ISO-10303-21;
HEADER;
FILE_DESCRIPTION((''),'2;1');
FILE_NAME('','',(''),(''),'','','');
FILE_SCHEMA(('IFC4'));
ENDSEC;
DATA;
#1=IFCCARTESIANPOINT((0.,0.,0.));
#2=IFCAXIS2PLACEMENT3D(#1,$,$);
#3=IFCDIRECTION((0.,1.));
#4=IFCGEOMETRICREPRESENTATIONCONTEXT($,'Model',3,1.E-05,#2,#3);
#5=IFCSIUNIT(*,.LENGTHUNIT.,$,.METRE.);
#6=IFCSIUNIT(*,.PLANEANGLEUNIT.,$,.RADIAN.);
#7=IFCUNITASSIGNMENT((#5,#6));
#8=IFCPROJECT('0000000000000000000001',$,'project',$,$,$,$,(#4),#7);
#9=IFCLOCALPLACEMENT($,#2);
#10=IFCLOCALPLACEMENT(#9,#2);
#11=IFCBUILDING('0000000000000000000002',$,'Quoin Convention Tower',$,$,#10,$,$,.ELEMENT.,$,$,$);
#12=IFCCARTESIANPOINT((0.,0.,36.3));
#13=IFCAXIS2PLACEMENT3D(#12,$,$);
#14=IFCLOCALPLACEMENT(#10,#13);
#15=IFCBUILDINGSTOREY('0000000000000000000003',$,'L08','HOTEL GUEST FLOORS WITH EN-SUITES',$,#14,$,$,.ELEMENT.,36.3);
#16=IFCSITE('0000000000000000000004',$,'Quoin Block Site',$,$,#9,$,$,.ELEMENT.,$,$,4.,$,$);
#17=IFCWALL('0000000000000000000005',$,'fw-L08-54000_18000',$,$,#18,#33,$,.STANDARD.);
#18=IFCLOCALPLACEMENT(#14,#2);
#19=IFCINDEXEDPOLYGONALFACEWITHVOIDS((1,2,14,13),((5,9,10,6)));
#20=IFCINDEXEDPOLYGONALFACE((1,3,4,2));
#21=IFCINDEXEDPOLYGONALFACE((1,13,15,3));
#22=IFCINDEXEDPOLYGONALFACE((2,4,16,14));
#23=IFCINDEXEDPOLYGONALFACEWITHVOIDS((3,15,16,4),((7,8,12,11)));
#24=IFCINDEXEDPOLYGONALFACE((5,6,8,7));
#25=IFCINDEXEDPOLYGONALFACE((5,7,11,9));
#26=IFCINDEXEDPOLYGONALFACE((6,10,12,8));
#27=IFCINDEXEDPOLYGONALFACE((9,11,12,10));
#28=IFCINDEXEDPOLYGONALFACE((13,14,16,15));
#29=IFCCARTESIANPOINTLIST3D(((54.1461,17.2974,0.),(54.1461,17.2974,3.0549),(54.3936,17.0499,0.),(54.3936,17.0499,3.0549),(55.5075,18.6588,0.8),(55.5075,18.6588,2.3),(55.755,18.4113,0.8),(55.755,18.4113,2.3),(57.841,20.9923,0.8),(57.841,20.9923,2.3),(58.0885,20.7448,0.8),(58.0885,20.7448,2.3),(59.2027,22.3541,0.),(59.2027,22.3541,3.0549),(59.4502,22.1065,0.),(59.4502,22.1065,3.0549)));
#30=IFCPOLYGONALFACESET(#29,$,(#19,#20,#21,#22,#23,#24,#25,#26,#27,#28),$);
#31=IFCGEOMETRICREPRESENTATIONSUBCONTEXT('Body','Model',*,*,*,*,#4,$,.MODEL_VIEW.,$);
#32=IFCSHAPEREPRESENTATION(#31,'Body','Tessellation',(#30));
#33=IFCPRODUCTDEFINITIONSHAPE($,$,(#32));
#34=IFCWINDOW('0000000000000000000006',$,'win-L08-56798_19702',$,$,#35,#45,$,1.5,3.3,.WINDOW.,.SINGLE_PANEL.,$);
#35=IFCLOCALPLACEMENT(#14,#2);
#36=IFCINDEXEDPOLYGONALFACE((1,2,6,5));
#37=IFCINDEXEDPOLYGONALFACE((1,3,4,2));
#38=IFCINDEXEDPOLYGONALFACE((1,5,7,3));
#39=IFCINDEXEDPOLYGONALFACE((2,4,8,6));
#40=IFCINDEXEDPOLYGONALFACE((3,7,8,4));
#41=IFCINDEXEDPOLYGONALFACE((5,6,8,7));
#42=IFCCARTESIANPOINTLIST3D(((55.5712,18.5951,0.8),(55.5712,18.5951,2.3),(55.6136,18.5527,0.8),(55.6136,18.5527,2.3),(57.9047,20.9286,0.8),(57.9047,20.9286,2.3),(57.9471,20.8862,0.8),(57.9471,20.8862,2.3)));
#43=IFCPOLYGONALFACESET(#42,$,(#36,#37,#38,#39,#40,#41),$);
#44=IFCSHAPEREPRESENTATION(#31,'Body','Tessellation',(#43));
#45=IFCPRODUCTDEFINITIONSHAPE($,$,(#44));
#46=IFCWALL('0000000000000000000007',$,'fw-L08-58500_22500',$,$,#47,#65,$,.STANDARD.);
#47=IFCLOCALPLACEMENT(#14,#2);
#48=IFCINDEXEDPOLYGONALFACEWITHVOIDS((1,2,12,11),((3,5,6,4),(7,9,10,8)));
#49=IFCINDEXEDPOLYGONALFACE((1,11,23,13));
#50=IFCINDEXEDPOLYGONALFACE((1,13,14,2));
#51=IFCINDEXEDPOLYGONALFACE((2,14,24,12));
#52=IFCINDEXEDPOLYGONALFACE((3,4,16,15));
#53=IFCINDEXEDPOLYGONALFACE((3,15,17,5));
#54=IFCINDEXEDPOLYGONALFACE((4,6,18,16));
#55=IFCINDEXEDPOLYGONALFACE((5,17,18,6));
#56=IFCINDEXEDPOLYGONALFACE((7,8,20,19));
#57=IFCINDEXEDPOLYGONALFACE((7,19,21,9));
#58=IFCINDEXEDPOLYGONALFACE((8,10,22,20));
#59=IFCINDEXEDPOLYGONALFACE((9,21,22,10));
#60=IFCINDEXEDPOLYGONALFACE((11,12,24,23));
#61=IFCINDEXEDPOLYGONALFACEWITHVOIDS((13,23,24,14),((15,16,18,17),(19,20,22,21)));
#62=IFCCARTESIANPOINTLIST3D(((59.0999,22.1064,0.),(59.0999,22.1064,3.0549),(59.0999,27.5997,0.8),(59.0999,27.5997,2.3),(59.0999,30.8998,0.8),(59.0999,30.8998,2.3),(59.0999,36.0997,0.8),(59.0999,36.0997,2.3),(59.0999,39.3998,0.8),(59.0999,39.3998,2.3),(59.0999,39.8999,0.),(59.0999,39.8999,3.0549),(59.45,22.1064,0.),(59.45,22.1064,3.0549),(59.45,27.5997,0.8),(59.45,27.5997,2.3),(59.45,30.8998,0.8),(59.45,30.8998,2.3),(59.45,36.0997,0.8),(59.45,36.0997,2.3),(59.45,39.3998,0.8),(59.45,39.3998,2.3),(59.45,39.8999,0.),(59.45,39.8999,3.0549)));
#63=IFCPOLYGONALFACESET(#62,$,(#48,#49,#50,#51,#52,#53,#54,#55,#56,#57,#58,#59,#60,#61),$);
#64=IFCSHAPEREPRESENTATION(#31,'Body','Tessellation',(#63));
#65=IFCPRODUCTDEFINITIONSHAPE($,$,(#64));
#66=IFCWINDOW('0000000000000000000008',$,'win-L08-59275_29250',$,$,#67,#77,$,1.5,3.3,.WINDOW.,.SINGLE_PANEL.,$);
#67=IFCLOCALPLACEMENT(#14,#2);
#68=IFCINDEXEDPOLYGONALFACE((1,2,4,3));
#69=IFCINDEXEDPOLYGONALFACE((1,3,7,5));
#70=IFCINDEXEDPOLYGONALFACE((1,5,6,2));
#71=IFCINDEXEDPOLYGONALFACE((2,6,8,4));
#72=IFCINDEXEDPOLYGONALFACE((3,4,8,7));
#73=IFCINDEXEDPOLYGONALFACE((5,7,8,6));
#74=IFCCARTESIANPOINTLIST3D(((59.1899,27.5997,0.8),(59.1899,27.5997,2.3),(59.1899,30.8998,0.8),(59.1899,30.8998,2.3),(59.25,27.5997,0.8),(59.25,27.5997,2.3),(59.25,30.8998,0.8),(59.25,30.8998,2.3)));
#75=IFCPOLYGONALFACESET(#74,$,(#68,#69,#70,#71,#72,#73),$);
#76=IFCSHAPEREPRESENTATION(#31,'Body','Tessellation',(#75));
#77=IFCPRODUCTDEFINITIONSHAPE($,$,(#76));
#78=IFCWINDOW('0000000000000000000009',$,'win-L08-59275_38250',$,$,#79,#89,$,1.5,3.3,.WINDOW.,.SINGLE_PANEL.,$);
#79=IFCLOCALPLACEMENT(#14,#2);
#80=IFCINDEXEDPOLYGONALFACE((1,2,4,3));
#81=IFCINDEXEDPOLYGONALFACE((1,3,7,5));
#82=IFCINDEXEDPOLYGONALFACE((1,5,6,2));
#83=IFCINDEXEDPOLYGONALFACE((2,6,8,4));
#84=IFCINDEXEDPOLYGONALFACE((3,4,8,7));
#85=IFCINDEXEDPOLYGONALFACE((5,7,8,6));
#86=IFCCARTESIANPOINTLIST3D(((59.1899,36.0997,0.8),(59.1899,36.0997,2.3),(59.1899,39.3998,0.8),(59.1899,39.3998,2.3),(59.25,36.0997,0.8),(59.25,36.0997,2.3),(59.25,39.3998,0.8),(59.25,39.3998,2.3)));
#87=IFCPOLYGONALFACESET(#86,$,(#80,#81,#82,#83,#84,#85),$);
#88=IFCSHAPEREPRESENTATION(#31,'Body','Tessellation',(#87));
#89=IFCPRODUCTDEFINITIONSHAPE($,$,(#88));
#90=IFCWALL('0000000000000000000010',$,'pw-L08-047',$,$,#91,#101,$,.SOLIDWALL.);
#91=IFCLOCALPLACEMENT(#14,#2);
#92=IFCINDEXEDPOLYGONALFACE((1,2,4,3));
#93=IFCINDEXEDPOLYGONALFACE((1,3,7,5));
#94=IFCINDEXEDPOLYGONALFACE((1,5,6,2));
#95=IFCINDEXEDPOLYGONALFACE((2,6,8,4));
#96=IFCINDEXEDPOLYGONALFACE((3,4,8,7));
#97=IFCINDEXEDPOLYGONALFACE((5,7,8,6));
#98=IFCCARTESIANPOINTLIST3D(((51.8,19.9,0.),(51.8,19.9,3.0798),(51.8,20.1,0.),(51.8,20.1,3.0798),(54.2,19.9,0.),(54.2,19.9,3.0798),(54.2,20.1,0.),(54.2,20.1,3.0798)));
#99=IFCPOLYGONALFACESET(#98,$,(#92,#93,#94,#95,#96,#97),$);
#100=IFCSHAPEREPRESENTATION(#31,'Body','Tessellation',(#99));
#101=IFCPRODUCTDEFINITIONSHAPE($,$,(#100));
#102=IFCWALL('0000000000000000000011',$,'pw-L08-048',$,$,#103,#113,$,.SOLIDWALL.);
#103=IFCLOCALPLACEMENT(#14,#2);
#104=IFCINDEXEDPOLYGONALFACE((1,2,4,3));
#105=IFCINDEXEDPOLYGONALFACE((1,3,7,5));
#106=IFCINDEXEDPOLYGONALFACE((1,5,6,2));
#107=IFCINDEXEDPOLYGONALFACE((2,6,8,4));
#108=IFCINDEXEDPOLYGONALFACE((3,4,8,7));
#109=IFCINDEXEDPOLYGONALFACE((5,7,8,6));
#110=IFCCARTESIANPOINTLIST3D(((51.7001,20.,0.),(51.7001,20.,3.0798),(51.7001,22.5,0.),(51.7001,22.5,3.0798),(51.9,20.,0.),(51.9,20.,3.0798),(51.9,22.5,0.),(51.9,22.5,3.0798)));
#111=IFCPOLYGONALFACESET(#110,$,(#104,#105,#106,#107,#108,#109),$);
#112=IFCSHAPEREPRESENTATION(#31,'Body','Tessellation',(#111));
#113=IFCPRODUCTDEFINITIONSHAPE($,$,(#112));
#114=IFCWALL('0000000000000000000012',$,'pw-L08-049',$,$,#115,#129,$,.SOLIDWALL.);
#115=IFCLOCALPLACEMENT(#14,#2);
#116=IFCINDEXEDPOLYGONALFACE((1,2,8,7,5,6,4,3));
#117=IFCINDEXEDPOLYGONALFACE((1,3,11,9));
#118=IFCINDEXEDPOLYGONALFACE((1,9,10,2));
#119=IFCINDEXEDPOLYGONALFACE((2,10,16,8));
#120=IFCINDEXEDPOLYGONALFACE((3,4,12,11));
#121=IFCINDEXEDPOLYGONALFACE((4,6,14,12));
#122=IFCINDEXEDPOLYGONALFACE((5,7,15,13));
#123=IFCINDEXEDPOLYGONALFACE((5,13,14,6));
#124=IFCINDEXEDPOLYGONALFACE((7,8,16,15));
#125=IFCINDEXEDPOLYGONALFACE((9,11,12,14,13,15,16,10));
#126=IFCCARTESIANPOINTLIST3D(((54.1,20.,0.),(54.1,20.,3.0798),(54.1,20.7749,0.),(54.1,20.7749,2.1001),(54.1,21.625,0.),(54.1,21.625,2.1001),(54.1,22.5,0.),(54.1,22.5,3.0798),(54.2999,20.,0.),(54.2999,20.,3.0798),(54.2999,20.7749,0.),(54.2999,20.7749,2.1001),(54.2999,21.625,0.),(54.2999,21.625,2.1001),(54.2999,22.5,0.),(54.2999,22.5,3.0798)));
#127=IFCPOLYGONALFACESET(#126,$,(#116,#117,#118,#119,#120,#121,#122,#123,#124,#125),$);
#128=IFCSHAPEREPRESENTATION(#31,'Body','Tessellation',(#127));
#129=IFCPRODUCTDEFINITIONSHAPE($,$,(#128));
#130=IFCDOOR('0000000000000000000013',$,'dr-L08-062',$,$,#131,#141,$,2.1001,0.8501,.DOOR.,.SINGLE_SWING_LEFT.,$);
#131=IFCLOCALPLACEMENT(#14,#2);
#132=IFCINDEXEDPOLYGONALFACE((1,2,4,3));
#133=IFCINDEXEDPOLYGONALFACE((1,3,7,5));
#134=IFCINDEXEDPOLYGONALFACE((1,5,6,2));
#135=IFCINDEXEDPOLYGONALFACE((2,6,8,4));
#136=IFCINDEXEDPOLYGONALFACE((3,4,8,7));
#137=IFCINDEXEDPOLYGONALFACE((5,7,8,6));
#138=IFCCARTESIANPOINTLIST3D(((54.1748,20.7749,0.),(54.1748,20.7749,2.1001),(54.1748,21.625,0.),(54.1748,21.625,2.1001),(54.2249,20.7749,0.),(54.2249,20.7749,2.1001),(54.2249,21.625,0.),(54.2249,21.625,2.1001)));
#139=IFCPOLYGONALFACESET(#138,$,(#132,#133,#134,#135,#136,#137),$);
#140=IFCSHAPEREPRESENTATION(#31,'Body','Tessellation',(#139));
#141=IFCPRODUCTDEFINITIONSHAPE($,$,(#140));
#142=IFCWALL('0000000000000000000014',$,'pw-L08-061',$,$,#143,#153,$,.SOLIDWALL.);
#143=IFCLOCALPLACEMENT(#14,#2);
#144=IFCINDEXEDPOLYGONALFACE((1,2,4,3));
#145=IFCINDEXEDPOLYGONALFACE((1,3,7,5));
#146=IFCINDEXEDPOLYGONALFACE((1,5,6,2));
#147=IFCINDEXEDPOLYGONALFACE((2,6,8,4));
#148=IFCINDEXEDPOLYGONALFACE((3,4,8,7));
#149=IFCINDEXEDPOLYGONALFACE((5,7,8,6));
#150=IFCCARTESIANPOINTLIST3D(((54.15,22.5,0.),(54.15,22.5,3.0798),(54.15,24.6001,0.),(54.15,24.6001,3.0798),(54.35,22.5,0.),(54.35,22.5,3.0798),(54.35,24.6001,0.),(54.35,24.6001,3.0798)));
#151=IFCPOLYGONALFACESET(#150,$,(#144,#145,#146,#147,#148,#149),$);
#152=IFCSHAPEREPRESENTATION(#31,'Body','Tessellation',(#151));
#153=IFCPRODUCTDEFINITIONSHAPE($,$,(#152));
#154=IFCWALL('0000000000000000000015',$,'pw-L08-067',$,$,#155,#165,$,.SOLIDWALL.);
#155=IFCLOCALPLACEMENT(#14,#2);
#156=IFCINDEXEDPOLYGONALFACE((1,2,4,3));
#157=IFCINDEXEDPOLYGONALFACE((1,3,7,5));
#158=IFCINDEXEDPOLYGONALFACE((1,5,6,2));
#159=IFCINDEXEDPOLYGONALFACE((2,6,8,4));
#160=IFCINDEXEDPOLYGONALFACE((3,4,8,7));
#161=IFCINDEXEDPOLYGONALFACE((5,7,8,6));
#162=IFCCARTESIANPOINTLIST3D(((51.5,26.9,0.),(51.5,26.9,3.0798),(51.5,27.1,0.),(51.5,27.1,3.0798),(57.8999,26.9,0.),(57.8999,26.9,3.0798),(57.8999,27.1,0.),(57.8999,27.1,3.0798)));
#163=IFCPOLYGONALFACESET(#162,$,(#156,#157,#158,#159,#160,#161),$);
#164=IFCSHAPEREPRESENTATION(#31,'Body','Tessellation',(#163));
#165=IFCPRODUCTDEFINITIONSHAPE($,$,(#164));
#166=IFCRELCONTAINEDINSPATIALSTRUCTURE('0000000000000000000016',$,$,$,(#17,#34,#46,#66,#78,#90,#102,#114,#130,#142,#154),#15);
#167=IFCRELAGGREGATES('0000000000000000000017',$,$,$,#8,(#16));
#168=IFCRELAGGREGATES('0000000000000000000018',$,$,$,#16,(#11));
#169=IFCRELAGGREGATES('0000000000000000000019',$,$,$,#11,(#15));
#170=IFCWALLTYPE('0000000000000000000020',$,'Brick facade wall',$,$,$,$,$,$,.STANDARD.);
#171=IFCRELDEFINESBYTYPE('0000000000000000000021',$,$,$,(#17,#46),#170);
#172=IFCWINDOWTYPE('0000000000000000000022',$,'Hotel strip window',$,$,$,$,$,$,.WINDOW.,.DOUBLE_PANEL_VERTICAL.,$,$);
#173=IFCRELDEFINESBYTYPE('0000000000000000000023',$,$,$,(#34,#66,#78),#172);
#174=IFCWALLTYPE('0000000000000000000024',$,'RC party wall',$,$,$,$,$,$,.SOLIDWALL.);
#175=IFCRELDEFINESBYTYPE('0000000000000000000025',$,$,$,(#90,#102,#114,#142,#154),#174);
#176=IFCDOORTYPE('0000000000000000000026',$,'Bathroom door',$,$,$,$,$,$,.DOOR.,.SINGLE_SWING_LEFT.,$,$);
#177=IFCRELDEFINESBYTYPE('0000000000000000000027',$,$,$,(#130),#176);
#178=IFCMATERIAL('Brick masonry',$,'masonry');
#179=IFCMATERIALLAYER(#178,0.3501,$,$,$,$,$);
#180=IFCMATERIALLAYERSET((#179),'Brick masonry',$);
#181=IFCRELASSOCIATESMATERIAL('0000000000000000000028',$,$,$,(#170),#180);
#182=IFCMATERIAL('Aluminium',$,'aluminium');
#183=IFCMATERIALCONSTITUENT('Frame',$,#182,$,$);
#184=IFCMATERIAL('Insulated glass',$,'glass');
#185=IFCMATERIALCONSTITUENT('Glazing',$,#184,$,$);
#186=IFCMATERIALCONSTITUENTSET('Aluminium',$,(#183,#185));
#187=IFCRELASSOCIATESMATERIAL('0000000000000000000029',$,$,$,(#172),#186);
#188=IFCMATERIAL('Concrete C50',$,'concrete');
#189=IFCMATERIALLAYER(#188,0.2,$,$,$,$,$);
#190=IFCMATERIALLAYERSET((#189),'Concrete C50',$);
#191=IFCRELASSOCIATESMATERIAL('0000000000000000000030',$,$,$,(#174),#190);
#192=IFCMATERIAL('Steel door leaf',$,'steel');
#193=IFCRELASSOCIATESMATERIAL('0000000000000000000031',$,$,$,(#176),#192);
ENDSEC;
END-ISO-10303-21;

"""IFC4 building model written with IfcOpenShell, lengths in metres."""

from ifc_helpers import new_model, si_unit, direction, frame, frame_2d, origin, place, context, subcontext, project, spatial, rectangle, extrude, material, layer, layer_set, constituent, constituent_set, type_object, element, fill, save


model = new_model("IFC4")

# Units and contexts
model_context = context("Model", 3, precision=1e-05, world=origin(), true_north=direction((0.0, 1.0)))
body_context = subcontext(model_context, "Body", "Model", "MODEL_VIEW")
ifc_project = project(units=[si_unit("LENGTHUNIT", "METRE"), si_unit("PLANEANGLEUNIT", "RADIAN")], contexts=[model_context])

# Site, building, storey
site_placement = place(None, origin())
site = spatial("IfcSite", under=ifc_project, at=site_placement, Name="Quoin Block Site", CompositionType="ELEMENT", RefElevation=4.0)
building_placement = place(site_placement, origin())
building = spatial("IfcBuilding", under=site, at=building_placement, Name="Quoin Convention Tower", CompositionType="ELEMENT")
storey_placement = place(building_placement, frame((0.0, 0.0, 36.3)))
storey = spatial("IfcBuildingStorey", under=building, at=storey_placement, Name="L08", Description="HOTEL GUEST FLOORS WITH EN-SUITES", CompositionType="ELEMENT", Elevation=36.3)

# Wall, opening, window
ifc_material_1 = material(Name="Brick masonry", Category="masonry")
ifc_layer_1 = layer(ifc_material_1, 0.3501)
ifc_layer_set_1 = layer_set([ifc_layer_1], Name="Brick masonry")
wall_type_1 = type_object("IfcWallType", Name="Brick facade wall", PredefinedType="STANDARD", material=ifc_layer_set_1)
wall_1_placement = place(storey_placement, frame((54.2698, 17.1736, 0.0), z_axis=(0.0, 0.0, 1.0), x_axis=(0.707107, 0.707107, 0.0)))
wall_1 = element("IfcWall", 1, at=wall_1_placement, inside=storey, type_object=wall_type_1, Name="fw-L08-54000_18000", PredefinedType="STANDARD", context=body_context, shape_type="SweptSolid", body=[
    extrude(rectangle(XDim=7.1511, YDim=0.3501, at=frame_2d((3.5757, 0.0))), origin(), (0.0, 0.0, 1.0), 3.0549),
])
opening_1_placement = place(wall_1_placement, frame((1.9255, 0.0, 0.8)))
opening_1 = element("IfcOpeningElement", 2, at=opening_1_placement, cuts=wall_1, PredefinedType="OPENING", context=body_context, shape_type="SweptSolid", body=[
    extrude(rectangle(XDim=3.3, YDim=1.5, at=frame_2d((1.6499, 0.75))), frame((0.0, 0.1851, 0.0), z_axis=(0.0, -1.0, 0.0), x_axis=(1.0, 0.0, 0.0)), (0.0, 0.0, 1.0), 0.3701),
])
ifc_material_2 = material(Name="Aluminium", Category="aluminium")
ifc_constituent_1 = constituent(ifc_material_2, Name="Frame")
ifc_material_3 = material(Name="Insulated glass", Category="glass")
ifc_constituent_2 = constituent(ifc_material_3, Name="Glazing")
ifc_constituent_set = constituent_set(constituents=[ifc_constituent_1, ifc_constituent_2], Name="Aluminium")
window_type = type_object("IfcWindowType", Name="Hotel strip window", PartitioningType="DOUBLE_PANEL_VERTICAL", PredefinedType="WINDOW", material=ifc_constituent_set)
window_1_placement = place(opening_1_placement, origin())
window_1 = element("IfcWindow", 3, at=window_1_placement, inside=storey, type_object=window_type, Name="win-L08-56798_19702", OverallHeight=1.5, OverallWidth=3.3, PartitioningType="SINGLE_PANEL", PredefinedType="WINDOW", context=body_context, shape_type="SweptSolid", body=[
    extrude(rectangle(XDim=3.3, YDim=1.5, at=frame_2d((1.6499, 0.75))), frame((0.0, 0.085, 0.0), z_axis=(0.0, -1.0, 0.0), x_axis=(1.0, 0.0, 0.0)), (0.0, 0.0, 1.0), 0.0601),
])
fill(opening_1, window_1)

# Wall, openings, windows
wall_2_placement = place(storey_placement, frame((59.2749, 22.1064, 0.0), z_axis=(0.0, 0.0, 1.0), x_axis=(0.0, 1.0, 0.0)))
wall_2 = element("IfcWall", 4, at=wall_2_placement, inside=storey, type_object=wall_type_1, Name="fw-L08-58500_22500", PredefinedType="STANDARD", context=body_context, shape_type="SweptSolid", body=[
    extrude(rectangle(XDim=17.7935, YDim=0.3501, at=frame_2d((8.8967, 0.0))), origin(), (0.0, 0.0, 1.0), 3.0549),
])
opening_2_placement = place(wall_2_placement, frame((5.4934, 0.0, 0.8)))
opening_2 = element("IfcOpeningElement", 5, at=opening_2_placement, cuts=wall_2, PredefinedType="OPENING", context=body_context, shape_type="SweptSolid", body=[
    extrude(rectangle(XDim=3.3, YDim=1.5, at=frame_2d((1.6499, 0.75))), frame((0.0, 0.1851, 0.0), z_axis=(0.0, -1.0, 0.0), x_axis=(1.0, 0.0, 0.0)), (0.0, 0.0, 1.0), 0.3701),
])
opening_3_placement = place(wall_2_placement, frame((13.9934, 0.0, 0.8)))
opening_3 = element("IfcOpeningElement", 6, at=opening_3_placement, cuts=wall_2, PredefinedType="OPENING", context=body_context, shape_type="SweptSolid", body=[
    extrude(rectangle(XDim=3.3, YDim=1.5, at=frame_2d((1.6499, 0.75))), frame((0.0, 0.1851, 0.0), z_axis=(0.0, -1.0, 0.0), x_axis=(1.0, 0.0, 0.0)), (0.0, 0.0, 1.0), 0.3701),
])
window_2_placement = place(opening_2_placement, origin())
window_2 = element("IfcWindow", 7, at=window_2_placement, inside=storey, type_object=window_type, Name="win-L08-59275_29250", OverallHeight=1.5, OverallWidth=3.3, PartitioningType="SINGLE_PANEL", PredefinedType="WINDOW", context=body_context, shape_type="SweptSolid", body=[
    extrude(rectangle(XDim=3.3, YDim=1.5, at=frame_2d((1.6499, 0.75))), frame((0.0, 0.085, 0.0), z_axis=(0.0, -1.0, 0.0), x_axis=(1.0, 0.0, 0.0)), (0.0, 0.0, 1.0), 0.0601),
])
fill(opening_2, window_2)
window_3_placement = place(opening_3_placement, origin())
window_3 = element("IfcWindow", 8, at=window_3_placement, inside=storey, type_object=window_type, Name="win-L08-59275_38250", OverallHeight=1.5, OverallWidth=3.3, PartitioningType="SINGLE_PANEL", PredefinedType="WINDOW", context=body_context, shape_type="SweptSolid", body=[
    extrude(rectangle(XDim=3.3, YDim=1.5, at=frame_2d((1.6499, 0.75))), frame((0.0, 0.085, 0.0), z_axis=(0.0, -1.0, 0.0), x_axis=(1.0, 0.0, 0.0)), (0.0, 0.0, 1.0), 0.0601),
])
fill(opening_3, window_3)

# Walls
ifc_material_4 = material(Name="Concrete C50", Category="concrete")
ifc_layer_2 = layer(ifc_material_4, 0.2)
ifc_layer_set_2 = layer_set([ifc_layer_2], Name="Concrete C50")
wall_type_2 = type_object("IfcWallType", Name="RC party wall", PredefinedType="SOLIDWALL", material=ifc_layer_set_2)
wall_3_placement = place(storey_placement, frame((51.8, 20.0, 0.0), z_axis=(0.0, 0.0, 1.0), x_axis=(1.0, 0.0, 0.0)))
element("IfcWall", 9, at=wall_3_placement, inside=storey, type_object=wall_type_2, Name="pw-L08-047", PredefinedType="SOLIDWALL", context=body_context, shape_type="SweptSolid", body=[
    extrude(rectangle(XDim=2.3999, YDim=0.2, at=frame_2d((1.2, 0.0))), origin(), (0.0, 0.0, 1.0), 3.0798),
])
wall_4_placement = place(storey_placement, frame((51.8, 20.0, 0.0), z_axis=(0.0, 0.0, 1.0), x_axis=(0.0, 1.0, 0.0)))
element("IfcWall", 10, at=wall_4_placement, inside=storey, type_object=wall_type_2, Name="pw-L08-048", PredefinedType="SOLIDWALL", context=body_context, shape_type="SweptSolid", body=[
    extrude(rectangle(XDim=2.5, YDim=0.2, at=frame_2d((1.25, 0.0))), origin(), (0.0, 0.0, 1.0), 3.0798),
])

# Wall, opening, door
wall_5_placement = place(storey_placement, frame((54.2, 20.0, 0.0), z_axis=(0.0, 0.0, 1.0), x_axis=(0.0, 1.0, 0.0)))
wall_5 = element("IfcWall", 11, at=wall_5_placement, inside=storey, type_object=wall_type_2, Name="pw-L08-049", PredefinedType="SOLIDWALL", context=body_context, shape_type="SweptSolid", body=[
    extrude(rectangle(XDim=2.5, YDim=0.2, at=frame_2d((1.25, 0.0))), origin(), (0.0, 0.0, 1.0), 3.0798),
])
opening_4_placement = place(wall_5_placement, frame((0.7749, 0.0, 0.0)))
opening_4 = element("IfcOpeningElement", 12, at=opening_4_placement, cuts=wall_5, PredefinedType="OPENING", context=body_context, shape_type="SweptSolid", body=[
    extrude(rectangle(XDim=0.8501, YDim=2.1001, at=frame_2d((0.425, 1.05))), frame((0.0, 0.1099, 0.0), z_axis=(0.0, -1.0, 0.0), x_axis=(1.0, 0.0, 0.0)), (0.0, 0.0, 1.0), 0.22),
])
ifc_material_5 = material(Name="Steel door leaf", Category="steel")
door_type = type_object("IfcDoorType", Name="Bathroom door", OperationType="SINGLE_SWING_LEFT", PredefinedType="DOOR", material=ifc_material_5)
door_placement = place(opening_4_placement, frame((0.8501, 0.0, 0.0), z_axis=(0.0, 0.0, 1.0), x_axis=(-1.0, 0.0, 0.0)))
door = element("IfcDoor", 13, at=door_placement, inside=storey, type_object=door_type, Name="dr-L08-062", OperationType="SINGLE_SWING_LEFT", OverallHeight=2.1001, OverallWidth=0.8501, PredefinedType="DOOR", context=body_context, shape_type="SweptSolid", body=[
    extrude(rectangle(XDim=0.8501, YDim=2.1001, at=frame_2d((0.425, 1.05))), frame((0.0, 0.0249, 0.0), z_axis=(0.0, -1.0, 0.0), x_axis=(1.0, 0.0, 0.0)), (0.0, 0.0, 1.0), 0.05),
])
fill(opening_4, door)

# Walls
wall_6_placement = place(storey_placement, frame((54.25, 22.5, 0.0), z_axis=(0.0, 0.0, 1.0), x_axis=(0.0, 1.0, 0.0)))
element("IfcWall", 14, at=wall_6_placement, inside=storey, type_object=wall_type_2, Name="pw-L08-061", PredefinedType="SOLIDWALL", context=body_context, shape_type="SweptSolid", body=[
    extrude(rectangle(XDim=2.1001, YDim=0.2, at=frame_2d((1.05, 0.0))), origin(), (0.0, 0.0, 1.0), 3.0798),
])
wall_7_placement = place(storey_placement, frame((51.5, 27.0, 0.0), z_axis=(0.0, 0.0, 1.0), x_axis=(1.0, 0.0, 0.0)))
element("IfcWall", 15, at=wall_7_placement, inside=storey, type_object=wall_type_2, Name="pw-L08-067", PredefinedType="SOLIDWALL", context=body_context, shape_type="SweptSolid", body=[
    extrude(rectangle(XDim=6.3999, YDim=0.2, at=frame_2d((3.2, 0.0))), origin(), (0.0, 0.0, 1.0), 3.0798),
])

save(model, "model.ifc")
